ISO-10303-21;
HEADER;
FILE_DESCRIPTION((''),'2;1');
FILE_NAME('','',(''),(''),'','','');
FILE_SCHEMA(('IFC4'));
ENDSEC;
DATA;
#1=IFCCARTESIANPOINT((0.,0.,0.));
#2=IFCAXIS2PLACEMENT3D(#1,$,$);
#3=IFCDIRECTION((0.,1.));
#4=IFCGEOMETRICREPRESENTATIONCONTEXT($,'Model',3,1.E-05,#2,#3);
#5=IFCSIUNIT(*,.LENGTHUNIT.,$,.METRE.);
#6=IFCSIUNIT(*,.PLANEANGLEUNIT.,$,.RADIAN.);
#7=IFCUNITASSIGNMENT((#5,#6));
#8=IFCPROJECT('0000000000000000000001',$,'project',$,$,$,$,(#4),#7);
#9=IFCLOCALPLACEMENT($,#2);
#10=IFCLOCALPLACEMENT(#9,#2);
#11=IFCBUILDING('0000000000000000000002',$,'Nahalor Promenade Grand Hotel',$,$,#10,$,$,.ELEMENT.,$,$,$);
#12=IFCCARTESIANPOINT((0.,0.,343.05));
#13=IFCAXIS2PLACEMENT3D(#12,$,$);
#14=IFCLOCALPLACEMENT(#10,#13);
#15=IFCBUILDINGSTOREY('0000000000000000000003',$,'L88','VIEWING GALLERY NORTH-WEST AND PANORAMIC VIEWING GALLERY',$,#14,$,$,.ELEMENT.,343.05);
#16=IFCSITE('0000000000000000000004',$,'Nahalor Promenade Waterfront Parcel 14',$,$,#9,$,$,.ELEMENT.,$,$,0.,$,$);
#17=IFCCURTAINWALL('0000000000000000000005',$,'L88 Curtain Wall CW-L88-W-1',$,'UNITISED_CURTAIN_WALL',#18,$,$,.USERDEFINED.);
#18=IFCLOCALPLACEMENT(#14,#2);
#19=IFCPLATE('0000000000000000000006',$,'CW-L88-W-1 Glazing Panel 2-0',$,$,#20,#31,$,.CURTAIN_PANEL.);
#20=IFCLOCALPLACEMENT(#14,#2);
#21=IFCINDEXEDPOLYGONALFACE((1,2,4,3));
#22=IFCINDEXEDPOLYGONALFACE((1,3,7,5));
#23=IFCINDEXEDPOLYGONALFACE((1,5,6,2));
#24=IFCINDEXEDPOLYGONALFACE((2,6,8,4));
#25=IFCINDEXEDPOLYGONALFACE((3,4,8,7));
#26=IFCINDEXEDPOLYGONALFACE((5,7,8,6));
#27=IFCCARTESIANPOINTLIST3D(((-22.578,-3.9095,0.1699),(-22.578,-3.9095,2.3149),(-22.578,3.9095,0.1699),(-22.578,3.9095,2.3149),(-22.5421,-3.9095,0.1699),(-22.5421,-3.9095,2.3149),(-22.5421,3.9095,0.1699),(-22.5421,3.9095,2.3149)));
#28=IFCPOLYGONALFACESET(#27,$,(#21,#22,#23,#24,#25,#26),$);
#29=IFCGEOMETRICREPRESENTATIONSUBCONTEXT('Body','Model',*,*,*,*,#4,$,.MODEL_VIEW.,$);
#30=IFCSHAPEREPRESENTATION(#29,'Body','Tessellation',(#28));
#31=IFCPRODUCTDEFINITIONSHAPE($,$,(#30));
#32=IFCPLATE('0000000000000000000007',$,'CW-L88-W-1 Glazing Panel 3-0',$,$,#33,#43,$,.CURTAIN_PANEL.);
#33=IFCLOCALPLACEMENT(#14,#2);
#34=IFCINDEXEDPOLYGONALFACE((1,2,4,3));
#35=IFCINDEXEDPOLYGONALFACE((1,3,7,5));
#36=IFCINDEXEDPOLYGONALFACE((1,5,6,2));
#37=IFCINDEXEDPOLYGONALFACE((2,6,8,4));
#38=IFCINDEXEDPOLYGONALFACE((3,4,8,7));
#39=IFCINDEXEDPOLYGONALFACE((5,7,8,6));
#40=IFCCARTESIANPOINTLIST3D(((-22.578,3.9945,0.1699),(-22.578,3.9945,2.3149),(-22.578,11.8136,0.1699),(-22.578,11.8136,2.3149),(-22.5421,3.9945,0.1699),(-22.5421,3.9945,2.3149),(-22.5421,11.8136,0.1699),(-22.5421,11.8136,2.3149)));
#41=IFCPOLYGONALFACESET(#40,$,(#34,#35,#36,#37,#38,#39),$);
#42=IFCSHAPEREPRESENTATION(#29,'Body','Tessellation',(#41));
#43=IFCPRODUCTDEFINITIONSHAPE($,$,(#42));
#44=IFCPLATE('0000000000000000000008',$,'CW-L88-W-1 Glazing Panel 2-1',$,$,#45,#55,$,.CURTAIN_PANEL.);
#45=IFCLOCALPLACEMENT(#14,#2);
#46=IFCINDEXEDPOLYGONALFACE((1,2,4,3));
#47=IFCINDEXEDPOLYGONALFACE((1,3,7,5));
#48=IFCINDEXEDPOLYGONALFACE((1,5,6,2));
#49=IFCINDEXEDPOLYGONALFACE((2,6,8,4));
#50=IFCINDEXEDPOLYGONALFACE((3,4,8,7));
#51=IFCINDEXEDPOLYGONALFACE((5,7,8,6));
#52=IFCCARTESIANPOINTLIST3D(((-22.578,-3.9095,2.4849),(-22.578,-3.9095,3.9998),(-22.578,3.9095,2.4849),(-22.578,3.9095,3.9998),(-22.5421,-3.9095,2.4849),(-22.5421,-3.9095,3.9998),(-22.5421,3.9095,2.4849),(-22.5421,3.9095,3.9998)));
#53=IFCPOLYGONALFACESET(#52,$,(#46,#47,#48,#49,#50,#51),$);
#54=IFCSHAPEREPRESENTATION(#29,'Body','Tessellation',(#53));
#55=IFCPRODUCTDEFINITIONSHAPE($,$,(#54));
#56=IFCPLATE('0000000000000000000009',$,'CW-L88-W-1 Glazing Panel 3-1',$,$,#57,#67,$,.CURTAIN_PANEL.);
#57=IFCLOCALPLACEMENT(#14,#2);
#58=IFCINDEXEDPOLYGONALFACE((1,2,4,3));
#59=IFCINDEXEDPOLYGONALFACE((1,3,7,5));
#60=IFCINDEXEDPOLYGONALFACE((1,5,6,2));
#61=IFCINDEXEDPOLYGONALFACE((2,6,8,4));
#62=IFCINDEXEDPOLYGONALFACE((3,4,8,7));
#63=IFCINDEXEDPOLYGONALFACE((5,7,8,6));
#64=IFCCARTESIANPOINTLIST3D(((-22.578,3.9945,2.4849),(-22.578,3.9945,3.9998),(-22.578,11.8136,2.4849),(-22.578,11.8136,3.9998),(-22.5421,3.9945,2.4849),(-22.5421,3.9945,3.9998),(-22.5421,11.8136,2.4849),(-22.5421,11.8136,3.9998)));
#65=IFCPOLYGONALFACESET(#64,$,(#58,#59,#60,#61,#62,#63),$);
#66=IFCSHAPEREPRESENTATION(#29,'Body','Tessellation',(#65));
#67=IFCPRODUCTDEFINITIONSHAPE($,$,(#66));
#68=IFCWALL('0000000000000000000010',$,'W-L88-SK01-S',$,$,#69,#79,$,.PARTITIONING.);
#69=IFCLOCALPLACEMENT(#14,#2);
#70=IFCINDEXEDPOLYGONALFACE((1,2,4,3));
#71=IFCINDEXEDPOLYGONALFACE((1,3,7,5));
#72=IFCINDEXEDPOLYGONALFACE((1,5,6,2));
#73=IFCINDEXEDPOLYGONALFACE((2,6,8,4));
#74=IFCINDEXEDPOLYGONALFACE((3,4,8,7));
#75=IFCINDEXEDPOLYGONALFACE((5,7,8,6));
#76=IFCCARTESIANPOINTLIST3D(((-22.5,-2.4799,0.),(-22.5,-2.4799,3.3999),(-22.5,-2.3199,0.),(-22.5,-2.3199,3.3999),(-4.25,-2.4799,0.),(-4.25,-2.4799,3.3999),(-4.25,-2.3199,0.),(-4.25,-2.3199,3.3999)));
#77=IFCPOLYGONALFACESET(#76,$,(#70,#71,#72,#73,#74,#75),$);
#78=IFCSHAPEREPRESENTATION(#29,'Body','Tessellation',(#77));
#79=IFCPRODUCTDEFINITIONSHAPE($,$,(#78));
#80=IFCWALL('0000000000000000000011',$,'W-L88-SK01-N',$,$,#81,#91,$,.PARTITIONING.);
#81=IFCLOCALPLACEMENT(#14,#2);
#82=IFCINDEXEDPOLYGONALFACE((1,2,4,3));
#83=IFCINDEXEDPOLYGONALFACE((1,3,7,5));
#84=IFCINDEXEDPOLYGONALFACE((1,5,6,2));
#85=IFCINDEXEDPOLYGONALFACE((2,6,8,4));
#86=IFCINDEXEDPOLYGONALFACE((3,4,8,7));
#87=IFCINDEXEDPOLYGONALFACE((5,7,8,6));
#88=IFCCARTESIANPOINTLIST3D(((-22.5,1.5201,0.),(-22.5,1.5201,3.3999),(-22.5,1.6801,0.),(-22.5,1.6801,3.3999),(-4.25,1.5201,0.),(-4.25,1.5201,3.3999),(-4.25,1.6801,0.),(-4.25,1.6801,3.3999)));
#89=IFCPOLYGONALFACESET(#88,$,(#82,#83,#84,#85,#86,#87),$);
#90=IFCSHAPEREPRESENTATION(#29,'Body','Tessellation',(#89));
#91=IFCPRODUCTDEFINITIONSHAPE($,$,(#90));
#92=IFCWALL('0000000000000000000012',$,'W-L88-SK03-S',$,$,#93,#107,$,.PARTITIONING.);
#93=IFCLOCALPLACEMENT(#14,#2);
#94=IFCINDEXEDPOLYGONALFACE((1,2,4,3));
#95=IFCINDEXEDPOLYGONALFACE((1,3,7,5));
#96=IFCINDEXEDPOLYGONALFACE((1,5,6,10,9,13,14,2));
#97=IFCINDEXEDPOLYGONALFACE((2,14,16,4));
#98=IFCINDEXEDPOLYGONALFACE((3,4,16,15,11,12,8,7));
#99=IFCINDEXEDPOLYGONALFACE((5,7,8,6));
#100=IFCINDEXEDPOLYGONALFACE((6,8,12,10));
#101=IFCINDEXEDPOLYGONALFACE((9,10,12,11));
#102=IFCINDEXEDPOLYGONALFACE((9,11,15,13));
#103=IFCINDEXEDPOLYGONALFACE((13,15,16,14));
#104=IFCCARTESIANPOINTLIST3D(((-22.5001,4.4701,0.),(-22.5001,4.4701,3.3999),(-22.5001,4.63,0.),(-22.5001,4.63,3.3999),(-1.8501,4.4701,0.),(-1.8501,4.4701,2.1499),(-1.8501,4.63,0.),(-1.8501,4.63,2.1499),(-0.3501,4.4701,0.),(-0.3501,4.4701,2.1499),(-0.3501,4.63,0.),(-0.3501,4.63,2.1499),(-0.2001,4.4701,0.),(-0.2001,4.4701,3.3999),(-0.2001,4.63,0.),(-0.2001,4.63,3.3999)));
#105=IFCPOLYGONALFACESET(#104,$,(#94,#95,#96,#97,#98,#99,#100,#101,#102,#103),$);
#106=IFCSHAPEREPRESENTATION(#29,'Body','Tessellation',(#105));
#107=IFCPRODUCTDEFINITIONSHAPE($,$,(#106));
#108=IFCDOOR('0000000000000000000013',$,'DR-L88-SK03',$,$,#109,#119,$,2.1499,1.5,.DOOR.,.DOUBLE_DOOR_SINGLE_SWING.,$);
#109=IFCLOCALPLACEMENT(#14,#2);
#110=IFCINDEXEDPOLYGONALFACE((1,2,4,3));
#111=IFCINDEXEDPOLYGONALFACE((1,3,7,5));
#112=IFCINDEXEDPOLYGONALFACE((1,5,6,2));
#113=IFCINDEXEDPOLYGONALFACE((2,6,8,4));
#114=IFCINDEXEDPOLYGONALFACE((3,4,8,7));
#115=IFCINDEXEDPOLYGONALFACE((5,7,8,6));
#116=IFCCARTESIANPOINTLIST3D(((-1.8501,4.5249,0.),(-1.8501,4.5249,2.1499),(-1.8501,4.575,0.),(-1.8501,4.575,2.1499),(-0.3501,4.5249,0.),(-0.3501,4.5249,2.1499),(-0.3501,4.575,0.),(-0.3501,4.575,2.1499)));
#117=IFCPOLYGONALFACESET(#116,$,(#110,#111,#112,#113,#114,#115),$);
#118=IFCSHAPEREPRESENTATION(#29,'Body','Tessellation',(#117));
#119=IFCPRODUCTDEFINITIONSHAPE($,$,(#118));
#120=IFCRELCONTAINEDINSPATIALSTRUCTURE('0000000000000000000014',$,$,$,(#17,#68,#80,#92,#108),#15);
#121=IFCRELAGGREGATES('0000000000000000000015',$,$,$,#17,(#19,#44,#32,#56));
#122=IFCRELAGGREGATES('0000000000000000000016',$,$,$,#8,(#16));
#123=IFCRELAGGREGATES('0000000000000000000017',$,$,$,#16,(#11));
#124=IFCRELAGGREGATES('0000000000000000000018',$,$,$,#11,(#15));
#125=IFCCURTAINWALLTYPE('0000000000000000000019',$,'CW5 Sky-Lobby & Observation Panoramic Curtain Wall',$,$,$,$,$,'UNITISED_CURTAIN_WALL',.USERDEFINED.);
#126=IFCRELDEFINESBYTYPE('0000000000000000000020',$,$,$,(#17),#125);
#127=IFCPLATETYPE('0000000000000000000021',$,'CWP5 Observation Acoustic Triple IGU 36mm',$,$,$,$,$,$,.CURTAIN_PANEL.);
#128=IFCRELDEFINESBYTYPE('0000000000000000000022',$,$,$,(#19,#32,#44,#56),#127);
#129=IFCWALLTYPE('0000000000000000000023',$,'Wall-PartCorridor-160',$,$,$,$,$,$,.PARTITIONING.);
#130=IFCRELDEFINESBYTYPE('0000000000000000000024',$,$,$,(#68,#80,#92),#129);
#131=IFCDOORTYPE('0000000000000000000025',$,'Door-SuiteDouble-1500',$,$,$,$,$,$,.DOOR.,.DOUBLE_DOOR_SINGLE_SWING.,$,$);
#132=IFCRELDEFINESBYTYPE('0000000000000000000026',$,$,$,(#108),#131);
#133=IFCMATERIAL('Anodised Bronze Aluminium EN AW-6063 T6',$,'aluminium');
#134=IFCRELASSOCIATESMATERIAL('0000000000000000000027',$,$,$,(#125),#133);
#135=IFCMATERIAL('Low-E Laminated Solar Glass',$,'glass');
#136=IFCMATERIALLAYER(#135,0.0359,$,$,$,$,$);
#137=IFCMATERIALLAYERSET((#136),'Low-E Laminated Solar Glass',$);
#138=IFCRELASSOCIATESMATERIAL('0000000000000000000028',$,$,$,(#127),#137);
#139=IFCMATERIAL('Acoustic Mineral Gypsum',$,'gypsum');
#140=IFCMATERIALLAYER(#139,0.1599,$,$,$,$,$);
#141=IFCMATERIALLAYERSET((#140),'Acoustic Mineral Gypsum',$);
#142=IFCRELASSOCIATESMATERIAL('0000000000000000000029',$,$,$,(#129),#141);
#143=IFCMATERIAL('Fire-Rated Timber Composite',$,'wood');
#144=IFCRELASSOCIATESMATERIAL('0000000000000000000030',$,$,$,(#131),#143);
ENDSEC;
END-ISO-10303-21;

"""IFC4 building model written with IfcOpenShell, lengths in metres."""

from ifc_helpers import new_model, si_unit, direction, frame, frame_2d, origin, origin_2d, place, context, subcontext, project, spatial, rectangle, extrude, source, transform, mapped, material, layer, layer_set, type_object, element, fill, aggregate, save


model = new_model("IFC4")

# Units and contexts
model_context = context("Model", 3, precision=1e-05, world=origin(), true_north=direction((0.0, 1.0)))
body_context = subcontext(model_context, "Body", "Model", "MODEL_VIEW")
ifc_project = project(units=[si_unit("LENGTHUNIT", "METRE"), si_unit("PLANEANGLEUNIT", "RADIAN")], contexts=[model_context])

# Site, building, storey
site_placement = place(None, origin())
site = spatial("IfcSite", under=ifc_project, at=site_placement, Name="Nahalor Promenade Waterfront Parcel 14", CompositionType="ELEMENT", RefElevation=0.0)
building_placement = place(site_placement, origin())
building = spatial("IfcBuilding", under=site, at=building_placement, Name="Nahalor Promenade Grand Hotel", CompositionType="ELEMENT")
storey_placement = place(building_placement, frame((0.0, 0.0, 343.05)))
storey = spatial("IfcBuildingStorey", under=building, at=storey_placement, Name="L88", Description="VIEWING GALLERY NORTH-WEST AND PANORAMIC VIEWING GALLERY", CompositionType="ELEMENT", Elevation=343.05)

# Curtain wall, plates
ifc_material_1 = material(Name="Anodised Bronze Aluminium EN AW-6063 T6", Category="aluminium")
curtain_wall_type = type_object("IfcCurtainWallType", Name="CW5 Sky-Lobby & Observation Panoramic Curtain Wall", ElementType="UNITISED_CURTAIN_WALL", PredefinedType="USERDEFINED", material=ifc_material_1)
curtain_wall_placement = place(storey_placement, origin())
curtain_wall = element("IfcCurtainWall", 1, at=curtain_wall_placement, inside=storey, type_object=curtain_wall_type, Name="L88 Curtain Wall CW-L88-W-1", ObjectType="UNITISED_CURTAIN_WALL", PredefinedType="USERDEFINED")
ifc_material_2 = material(Name="Low-E Laminated Solar Glass", Category="glass")
ifc_layer_1 = layer(ifc_material_2, 0.0359)
ifc_layer_set_1 = layer_set([ifc_layer_1], Name="Low-E Laminated Solar Glass")
plate_type = type_object("IfcPlateType", Name="CWP5 Observation Acoustic Triple IGU 36mm", PredefinedType="CURTAIN_PANEL", material=ifc_layer_set_1)
shared_shape_1 = source(origin(), body_context, "Body", "SweptSolid", [
    extrude(rectangle(XDim=7.8191, YDim=0.0359, at=origin_2d()), origin(), (0.0, 0.0, 1.0), 2.145),
])
plate_1_placement = place(storey_placement, frame((-22.5601, 0.0, 0.1699), z_axis=(0.0, 0.0, 1.0), x_axis=(0.0, 1.0, 0.0)))
plate_1 = element("IfcPlate", 2, at=plate_1_placement, type_object=plate_type, Name="CW-L88-W-1 Glazing Panel 2-0", PredefinedType="CURTAIN_PANEL", context=body_context, shape_type="MappedRepresentation", body=[
    mapped(shared_shape_1, transform((0.0, 0.0, 0.0), scale=1.0)),
])
plate_2_placement = place(storey_placement, frame((-22.5601, 7.9041, 0.1699), z_axis=(0.0, 0.0, 1.0), x_axis=(0.0, 1.0, 0.0)))
plate_2 = element("IfcPlate", 3, at=plate_2_placement, type_object=plate_type, Name="CW-L88-W-1 Glazing Panel 3-0", PredefinedType="CURTAIN_PANEL", context=body_context, shape_type="MappedRepresentation", body=[
    mapped(shared_shape_1, transform((0.0, 0.0, 0.0), scale=1.0)),
])
shared_shape_2 = source(origin(), body_context, "Body", "SweptSolid", [
    extrude(rectangle(XDim=7.8191, YDim=0.0359, at=origin_2d()), origin(), (0.0, 0.0, 1.0), 1.5149),
])
plate_3_placement = place(storey_placement, frame((-22.5601, 0.0, 2.4849), z_axis=(0.0, 0.0, 1.0), x_axis=(0.0, 1.0, 0.0)))
plate_3 = element("IfcPlate", 4, at=plate_3_placement, type_object=plate_type, Name="CW-L88-W-1 Glazing Panel 2-1", PredefinedType="CURTAIN_PANEL", context=body_context, shape_type="MappedRepresentation", body=[
    mapped(shared_shape_2, transform((0.0, 0.0, 0.0), scale=1.0)),
])
plate_4_placement = place(storey_placement, frame((-22.5601, 7.9041, 2.4849), z_axis=(0.0, 0.0, 1.0), x_axis=(0.0, 1.0, 0.0)))
plate_4 = element("IfcPlate", 5, at=plate_4_placement, type_object=plate_type, Name="CW-L88-W-1 Glazing Panel 3-1", PredefinedType="CURTAIN_PANEL", context=body_context, shape_type="MappedRepresentation", body=[
    mapped(shared_shape_2, transform((0.0, 0.0, 0.0), scale=1.0)),
])
aggregate(curtain_wall, [plate_1, plate_3, plate_2, plate_4])

# Walls
ifc_material_3 = material(Name="Acoustic Mineral Gypsum", Category="gypsum")
ifc_layer_2 = layer(ifc_material_3, 0.1599)
ifc_layer_set_2 = layer_set([ifc_layer_2], Name="Acoustic Mineral Gypsum")
wall_type = type_object("IfcWallType", Name="Wall-PartCorridor-160", PredefinedType="PARTITIONING", material=ifc_layer_set_2)
shared_shape_3 = source(origin(), body_context, "Body", "SweptSolid", [
    extrude(rectangle(XDim=18.25, YDim=0.1599, at=frame_2d((9.125, 0.0))), origin(), (0.0, 0.0, 1.0), 3.3999),
])
for number, where, z_axis, x_axis, name in (
    (6, (-22.5, -2.3999, 0.0), (0.0, 0.0, 1.0), (1.0, 0.0, 0.0), "W-L88-SK01-S"),
    (7, (-22.5, 1.6001, 0.0), (0.0, 0.0, 1.0), (1.0, 0.0, 0.0), "W-L88-SK01-N"),
):
    element("IfcWall", number, at=place(storey_placement, frame(where, z_axis=z_axis, x_axis=x_axis)), inside=storey, type_object=wall_type, Name=name, PredefinedType="PARTITIONING", context=body_context, shape_type="MappedRepresentation", body=[
        mapped(shared_shape_3, transform((0.0, 0.0, 0.0), scale=1.0)),
    ])

# Wall, opening, door
shared_shape_4 = source(origin(), body_context, "Body", "SweptSolid", [
    extrude(rectangle(XDim=22.3, YDim=0.1599, at=frame_2d((11.1499, 0.0))), origin(), (0.0, 0.0, 1.0), 3.3999),
])
wall_placement = place(storey_placement, frame((-22.5, 4.55, 0.0), z_axis=(0.0, 0.0, 1.0), x_axis=(1.0, 0.0, 0.0)))
wall = element("IfcWall", 8, at=wall_placement, inside=storey, type_object=wall_type, Name="W-L88-SK03-S", PredefinedType="PARTITIONING", context=body_context, shape_type="MappedRepresentation", body=[
    mapped(shared_shape_4, transform((0.0, 0.0, 0.0), scale=1.0)),
])
opening_placement = place(wall_placement, frame((20.6499, 0.0, 0.0)))
opening = element("IfcOpeningElement", 9, at=opening_placement, cuts=wall, PredefinedType="OPENING", context=body_context, shape_type="SweptSolid", body=[
    extrude(rectangle(XDim=1.5, YDim=2.1499, at=frame_2d((0.75, 1.075))), frame((0.0, 0.0898, 0.0), z_axis=(0.0, -1.0, 0.0), x_axis=(1.0, 0.0, 0.0)), (0.0, 0.0, 1.0), 0.1799),
])
ifc_material_4 = material(Name="Fire-Rated Timber Composite", Category="wood")
door_type = type_object("IfcDoorType", Name="Door-SuiteDouble-1500", OperationType="DOUBLE_DOOR_SINGLE_SWING", PredefinedType="DOOR", material=ifc_material_4)
shared_shape_5 = source(origin(), body_context, "Body", "SweptSolid", [
    extrude(rectangle(XDim=1.5, YDim=2.1499, at=frame_2d((0.75, 1.075))), frame((0.0, 0.0249, 0.0), z_axis=(0.0, -1.0, 0.0), x_axis=(1.0, 0.0, 0.0)), (0.0, 0.0, 1.0), 0.05),
])
door_placement = place(opening_placement, origin())
door = element("IfcDoor", 10, at=door_placement, inside=storey, type_object=door_type, Name="DR-L88-SK03", OperationType="DOUBLE_DOOR_SINGLE_SWING", OverallHeight=2.1499, OverallWidth=1.5, PredefinedType="DOOR", context=body_context, shape_type="MappedRepresentation", body=[
    mapped(shared_shape_5, transform((0.0, 0.0, 0.0), scale=1.0)),
])
fill(opening, door)

save(model, "model.ifc")
